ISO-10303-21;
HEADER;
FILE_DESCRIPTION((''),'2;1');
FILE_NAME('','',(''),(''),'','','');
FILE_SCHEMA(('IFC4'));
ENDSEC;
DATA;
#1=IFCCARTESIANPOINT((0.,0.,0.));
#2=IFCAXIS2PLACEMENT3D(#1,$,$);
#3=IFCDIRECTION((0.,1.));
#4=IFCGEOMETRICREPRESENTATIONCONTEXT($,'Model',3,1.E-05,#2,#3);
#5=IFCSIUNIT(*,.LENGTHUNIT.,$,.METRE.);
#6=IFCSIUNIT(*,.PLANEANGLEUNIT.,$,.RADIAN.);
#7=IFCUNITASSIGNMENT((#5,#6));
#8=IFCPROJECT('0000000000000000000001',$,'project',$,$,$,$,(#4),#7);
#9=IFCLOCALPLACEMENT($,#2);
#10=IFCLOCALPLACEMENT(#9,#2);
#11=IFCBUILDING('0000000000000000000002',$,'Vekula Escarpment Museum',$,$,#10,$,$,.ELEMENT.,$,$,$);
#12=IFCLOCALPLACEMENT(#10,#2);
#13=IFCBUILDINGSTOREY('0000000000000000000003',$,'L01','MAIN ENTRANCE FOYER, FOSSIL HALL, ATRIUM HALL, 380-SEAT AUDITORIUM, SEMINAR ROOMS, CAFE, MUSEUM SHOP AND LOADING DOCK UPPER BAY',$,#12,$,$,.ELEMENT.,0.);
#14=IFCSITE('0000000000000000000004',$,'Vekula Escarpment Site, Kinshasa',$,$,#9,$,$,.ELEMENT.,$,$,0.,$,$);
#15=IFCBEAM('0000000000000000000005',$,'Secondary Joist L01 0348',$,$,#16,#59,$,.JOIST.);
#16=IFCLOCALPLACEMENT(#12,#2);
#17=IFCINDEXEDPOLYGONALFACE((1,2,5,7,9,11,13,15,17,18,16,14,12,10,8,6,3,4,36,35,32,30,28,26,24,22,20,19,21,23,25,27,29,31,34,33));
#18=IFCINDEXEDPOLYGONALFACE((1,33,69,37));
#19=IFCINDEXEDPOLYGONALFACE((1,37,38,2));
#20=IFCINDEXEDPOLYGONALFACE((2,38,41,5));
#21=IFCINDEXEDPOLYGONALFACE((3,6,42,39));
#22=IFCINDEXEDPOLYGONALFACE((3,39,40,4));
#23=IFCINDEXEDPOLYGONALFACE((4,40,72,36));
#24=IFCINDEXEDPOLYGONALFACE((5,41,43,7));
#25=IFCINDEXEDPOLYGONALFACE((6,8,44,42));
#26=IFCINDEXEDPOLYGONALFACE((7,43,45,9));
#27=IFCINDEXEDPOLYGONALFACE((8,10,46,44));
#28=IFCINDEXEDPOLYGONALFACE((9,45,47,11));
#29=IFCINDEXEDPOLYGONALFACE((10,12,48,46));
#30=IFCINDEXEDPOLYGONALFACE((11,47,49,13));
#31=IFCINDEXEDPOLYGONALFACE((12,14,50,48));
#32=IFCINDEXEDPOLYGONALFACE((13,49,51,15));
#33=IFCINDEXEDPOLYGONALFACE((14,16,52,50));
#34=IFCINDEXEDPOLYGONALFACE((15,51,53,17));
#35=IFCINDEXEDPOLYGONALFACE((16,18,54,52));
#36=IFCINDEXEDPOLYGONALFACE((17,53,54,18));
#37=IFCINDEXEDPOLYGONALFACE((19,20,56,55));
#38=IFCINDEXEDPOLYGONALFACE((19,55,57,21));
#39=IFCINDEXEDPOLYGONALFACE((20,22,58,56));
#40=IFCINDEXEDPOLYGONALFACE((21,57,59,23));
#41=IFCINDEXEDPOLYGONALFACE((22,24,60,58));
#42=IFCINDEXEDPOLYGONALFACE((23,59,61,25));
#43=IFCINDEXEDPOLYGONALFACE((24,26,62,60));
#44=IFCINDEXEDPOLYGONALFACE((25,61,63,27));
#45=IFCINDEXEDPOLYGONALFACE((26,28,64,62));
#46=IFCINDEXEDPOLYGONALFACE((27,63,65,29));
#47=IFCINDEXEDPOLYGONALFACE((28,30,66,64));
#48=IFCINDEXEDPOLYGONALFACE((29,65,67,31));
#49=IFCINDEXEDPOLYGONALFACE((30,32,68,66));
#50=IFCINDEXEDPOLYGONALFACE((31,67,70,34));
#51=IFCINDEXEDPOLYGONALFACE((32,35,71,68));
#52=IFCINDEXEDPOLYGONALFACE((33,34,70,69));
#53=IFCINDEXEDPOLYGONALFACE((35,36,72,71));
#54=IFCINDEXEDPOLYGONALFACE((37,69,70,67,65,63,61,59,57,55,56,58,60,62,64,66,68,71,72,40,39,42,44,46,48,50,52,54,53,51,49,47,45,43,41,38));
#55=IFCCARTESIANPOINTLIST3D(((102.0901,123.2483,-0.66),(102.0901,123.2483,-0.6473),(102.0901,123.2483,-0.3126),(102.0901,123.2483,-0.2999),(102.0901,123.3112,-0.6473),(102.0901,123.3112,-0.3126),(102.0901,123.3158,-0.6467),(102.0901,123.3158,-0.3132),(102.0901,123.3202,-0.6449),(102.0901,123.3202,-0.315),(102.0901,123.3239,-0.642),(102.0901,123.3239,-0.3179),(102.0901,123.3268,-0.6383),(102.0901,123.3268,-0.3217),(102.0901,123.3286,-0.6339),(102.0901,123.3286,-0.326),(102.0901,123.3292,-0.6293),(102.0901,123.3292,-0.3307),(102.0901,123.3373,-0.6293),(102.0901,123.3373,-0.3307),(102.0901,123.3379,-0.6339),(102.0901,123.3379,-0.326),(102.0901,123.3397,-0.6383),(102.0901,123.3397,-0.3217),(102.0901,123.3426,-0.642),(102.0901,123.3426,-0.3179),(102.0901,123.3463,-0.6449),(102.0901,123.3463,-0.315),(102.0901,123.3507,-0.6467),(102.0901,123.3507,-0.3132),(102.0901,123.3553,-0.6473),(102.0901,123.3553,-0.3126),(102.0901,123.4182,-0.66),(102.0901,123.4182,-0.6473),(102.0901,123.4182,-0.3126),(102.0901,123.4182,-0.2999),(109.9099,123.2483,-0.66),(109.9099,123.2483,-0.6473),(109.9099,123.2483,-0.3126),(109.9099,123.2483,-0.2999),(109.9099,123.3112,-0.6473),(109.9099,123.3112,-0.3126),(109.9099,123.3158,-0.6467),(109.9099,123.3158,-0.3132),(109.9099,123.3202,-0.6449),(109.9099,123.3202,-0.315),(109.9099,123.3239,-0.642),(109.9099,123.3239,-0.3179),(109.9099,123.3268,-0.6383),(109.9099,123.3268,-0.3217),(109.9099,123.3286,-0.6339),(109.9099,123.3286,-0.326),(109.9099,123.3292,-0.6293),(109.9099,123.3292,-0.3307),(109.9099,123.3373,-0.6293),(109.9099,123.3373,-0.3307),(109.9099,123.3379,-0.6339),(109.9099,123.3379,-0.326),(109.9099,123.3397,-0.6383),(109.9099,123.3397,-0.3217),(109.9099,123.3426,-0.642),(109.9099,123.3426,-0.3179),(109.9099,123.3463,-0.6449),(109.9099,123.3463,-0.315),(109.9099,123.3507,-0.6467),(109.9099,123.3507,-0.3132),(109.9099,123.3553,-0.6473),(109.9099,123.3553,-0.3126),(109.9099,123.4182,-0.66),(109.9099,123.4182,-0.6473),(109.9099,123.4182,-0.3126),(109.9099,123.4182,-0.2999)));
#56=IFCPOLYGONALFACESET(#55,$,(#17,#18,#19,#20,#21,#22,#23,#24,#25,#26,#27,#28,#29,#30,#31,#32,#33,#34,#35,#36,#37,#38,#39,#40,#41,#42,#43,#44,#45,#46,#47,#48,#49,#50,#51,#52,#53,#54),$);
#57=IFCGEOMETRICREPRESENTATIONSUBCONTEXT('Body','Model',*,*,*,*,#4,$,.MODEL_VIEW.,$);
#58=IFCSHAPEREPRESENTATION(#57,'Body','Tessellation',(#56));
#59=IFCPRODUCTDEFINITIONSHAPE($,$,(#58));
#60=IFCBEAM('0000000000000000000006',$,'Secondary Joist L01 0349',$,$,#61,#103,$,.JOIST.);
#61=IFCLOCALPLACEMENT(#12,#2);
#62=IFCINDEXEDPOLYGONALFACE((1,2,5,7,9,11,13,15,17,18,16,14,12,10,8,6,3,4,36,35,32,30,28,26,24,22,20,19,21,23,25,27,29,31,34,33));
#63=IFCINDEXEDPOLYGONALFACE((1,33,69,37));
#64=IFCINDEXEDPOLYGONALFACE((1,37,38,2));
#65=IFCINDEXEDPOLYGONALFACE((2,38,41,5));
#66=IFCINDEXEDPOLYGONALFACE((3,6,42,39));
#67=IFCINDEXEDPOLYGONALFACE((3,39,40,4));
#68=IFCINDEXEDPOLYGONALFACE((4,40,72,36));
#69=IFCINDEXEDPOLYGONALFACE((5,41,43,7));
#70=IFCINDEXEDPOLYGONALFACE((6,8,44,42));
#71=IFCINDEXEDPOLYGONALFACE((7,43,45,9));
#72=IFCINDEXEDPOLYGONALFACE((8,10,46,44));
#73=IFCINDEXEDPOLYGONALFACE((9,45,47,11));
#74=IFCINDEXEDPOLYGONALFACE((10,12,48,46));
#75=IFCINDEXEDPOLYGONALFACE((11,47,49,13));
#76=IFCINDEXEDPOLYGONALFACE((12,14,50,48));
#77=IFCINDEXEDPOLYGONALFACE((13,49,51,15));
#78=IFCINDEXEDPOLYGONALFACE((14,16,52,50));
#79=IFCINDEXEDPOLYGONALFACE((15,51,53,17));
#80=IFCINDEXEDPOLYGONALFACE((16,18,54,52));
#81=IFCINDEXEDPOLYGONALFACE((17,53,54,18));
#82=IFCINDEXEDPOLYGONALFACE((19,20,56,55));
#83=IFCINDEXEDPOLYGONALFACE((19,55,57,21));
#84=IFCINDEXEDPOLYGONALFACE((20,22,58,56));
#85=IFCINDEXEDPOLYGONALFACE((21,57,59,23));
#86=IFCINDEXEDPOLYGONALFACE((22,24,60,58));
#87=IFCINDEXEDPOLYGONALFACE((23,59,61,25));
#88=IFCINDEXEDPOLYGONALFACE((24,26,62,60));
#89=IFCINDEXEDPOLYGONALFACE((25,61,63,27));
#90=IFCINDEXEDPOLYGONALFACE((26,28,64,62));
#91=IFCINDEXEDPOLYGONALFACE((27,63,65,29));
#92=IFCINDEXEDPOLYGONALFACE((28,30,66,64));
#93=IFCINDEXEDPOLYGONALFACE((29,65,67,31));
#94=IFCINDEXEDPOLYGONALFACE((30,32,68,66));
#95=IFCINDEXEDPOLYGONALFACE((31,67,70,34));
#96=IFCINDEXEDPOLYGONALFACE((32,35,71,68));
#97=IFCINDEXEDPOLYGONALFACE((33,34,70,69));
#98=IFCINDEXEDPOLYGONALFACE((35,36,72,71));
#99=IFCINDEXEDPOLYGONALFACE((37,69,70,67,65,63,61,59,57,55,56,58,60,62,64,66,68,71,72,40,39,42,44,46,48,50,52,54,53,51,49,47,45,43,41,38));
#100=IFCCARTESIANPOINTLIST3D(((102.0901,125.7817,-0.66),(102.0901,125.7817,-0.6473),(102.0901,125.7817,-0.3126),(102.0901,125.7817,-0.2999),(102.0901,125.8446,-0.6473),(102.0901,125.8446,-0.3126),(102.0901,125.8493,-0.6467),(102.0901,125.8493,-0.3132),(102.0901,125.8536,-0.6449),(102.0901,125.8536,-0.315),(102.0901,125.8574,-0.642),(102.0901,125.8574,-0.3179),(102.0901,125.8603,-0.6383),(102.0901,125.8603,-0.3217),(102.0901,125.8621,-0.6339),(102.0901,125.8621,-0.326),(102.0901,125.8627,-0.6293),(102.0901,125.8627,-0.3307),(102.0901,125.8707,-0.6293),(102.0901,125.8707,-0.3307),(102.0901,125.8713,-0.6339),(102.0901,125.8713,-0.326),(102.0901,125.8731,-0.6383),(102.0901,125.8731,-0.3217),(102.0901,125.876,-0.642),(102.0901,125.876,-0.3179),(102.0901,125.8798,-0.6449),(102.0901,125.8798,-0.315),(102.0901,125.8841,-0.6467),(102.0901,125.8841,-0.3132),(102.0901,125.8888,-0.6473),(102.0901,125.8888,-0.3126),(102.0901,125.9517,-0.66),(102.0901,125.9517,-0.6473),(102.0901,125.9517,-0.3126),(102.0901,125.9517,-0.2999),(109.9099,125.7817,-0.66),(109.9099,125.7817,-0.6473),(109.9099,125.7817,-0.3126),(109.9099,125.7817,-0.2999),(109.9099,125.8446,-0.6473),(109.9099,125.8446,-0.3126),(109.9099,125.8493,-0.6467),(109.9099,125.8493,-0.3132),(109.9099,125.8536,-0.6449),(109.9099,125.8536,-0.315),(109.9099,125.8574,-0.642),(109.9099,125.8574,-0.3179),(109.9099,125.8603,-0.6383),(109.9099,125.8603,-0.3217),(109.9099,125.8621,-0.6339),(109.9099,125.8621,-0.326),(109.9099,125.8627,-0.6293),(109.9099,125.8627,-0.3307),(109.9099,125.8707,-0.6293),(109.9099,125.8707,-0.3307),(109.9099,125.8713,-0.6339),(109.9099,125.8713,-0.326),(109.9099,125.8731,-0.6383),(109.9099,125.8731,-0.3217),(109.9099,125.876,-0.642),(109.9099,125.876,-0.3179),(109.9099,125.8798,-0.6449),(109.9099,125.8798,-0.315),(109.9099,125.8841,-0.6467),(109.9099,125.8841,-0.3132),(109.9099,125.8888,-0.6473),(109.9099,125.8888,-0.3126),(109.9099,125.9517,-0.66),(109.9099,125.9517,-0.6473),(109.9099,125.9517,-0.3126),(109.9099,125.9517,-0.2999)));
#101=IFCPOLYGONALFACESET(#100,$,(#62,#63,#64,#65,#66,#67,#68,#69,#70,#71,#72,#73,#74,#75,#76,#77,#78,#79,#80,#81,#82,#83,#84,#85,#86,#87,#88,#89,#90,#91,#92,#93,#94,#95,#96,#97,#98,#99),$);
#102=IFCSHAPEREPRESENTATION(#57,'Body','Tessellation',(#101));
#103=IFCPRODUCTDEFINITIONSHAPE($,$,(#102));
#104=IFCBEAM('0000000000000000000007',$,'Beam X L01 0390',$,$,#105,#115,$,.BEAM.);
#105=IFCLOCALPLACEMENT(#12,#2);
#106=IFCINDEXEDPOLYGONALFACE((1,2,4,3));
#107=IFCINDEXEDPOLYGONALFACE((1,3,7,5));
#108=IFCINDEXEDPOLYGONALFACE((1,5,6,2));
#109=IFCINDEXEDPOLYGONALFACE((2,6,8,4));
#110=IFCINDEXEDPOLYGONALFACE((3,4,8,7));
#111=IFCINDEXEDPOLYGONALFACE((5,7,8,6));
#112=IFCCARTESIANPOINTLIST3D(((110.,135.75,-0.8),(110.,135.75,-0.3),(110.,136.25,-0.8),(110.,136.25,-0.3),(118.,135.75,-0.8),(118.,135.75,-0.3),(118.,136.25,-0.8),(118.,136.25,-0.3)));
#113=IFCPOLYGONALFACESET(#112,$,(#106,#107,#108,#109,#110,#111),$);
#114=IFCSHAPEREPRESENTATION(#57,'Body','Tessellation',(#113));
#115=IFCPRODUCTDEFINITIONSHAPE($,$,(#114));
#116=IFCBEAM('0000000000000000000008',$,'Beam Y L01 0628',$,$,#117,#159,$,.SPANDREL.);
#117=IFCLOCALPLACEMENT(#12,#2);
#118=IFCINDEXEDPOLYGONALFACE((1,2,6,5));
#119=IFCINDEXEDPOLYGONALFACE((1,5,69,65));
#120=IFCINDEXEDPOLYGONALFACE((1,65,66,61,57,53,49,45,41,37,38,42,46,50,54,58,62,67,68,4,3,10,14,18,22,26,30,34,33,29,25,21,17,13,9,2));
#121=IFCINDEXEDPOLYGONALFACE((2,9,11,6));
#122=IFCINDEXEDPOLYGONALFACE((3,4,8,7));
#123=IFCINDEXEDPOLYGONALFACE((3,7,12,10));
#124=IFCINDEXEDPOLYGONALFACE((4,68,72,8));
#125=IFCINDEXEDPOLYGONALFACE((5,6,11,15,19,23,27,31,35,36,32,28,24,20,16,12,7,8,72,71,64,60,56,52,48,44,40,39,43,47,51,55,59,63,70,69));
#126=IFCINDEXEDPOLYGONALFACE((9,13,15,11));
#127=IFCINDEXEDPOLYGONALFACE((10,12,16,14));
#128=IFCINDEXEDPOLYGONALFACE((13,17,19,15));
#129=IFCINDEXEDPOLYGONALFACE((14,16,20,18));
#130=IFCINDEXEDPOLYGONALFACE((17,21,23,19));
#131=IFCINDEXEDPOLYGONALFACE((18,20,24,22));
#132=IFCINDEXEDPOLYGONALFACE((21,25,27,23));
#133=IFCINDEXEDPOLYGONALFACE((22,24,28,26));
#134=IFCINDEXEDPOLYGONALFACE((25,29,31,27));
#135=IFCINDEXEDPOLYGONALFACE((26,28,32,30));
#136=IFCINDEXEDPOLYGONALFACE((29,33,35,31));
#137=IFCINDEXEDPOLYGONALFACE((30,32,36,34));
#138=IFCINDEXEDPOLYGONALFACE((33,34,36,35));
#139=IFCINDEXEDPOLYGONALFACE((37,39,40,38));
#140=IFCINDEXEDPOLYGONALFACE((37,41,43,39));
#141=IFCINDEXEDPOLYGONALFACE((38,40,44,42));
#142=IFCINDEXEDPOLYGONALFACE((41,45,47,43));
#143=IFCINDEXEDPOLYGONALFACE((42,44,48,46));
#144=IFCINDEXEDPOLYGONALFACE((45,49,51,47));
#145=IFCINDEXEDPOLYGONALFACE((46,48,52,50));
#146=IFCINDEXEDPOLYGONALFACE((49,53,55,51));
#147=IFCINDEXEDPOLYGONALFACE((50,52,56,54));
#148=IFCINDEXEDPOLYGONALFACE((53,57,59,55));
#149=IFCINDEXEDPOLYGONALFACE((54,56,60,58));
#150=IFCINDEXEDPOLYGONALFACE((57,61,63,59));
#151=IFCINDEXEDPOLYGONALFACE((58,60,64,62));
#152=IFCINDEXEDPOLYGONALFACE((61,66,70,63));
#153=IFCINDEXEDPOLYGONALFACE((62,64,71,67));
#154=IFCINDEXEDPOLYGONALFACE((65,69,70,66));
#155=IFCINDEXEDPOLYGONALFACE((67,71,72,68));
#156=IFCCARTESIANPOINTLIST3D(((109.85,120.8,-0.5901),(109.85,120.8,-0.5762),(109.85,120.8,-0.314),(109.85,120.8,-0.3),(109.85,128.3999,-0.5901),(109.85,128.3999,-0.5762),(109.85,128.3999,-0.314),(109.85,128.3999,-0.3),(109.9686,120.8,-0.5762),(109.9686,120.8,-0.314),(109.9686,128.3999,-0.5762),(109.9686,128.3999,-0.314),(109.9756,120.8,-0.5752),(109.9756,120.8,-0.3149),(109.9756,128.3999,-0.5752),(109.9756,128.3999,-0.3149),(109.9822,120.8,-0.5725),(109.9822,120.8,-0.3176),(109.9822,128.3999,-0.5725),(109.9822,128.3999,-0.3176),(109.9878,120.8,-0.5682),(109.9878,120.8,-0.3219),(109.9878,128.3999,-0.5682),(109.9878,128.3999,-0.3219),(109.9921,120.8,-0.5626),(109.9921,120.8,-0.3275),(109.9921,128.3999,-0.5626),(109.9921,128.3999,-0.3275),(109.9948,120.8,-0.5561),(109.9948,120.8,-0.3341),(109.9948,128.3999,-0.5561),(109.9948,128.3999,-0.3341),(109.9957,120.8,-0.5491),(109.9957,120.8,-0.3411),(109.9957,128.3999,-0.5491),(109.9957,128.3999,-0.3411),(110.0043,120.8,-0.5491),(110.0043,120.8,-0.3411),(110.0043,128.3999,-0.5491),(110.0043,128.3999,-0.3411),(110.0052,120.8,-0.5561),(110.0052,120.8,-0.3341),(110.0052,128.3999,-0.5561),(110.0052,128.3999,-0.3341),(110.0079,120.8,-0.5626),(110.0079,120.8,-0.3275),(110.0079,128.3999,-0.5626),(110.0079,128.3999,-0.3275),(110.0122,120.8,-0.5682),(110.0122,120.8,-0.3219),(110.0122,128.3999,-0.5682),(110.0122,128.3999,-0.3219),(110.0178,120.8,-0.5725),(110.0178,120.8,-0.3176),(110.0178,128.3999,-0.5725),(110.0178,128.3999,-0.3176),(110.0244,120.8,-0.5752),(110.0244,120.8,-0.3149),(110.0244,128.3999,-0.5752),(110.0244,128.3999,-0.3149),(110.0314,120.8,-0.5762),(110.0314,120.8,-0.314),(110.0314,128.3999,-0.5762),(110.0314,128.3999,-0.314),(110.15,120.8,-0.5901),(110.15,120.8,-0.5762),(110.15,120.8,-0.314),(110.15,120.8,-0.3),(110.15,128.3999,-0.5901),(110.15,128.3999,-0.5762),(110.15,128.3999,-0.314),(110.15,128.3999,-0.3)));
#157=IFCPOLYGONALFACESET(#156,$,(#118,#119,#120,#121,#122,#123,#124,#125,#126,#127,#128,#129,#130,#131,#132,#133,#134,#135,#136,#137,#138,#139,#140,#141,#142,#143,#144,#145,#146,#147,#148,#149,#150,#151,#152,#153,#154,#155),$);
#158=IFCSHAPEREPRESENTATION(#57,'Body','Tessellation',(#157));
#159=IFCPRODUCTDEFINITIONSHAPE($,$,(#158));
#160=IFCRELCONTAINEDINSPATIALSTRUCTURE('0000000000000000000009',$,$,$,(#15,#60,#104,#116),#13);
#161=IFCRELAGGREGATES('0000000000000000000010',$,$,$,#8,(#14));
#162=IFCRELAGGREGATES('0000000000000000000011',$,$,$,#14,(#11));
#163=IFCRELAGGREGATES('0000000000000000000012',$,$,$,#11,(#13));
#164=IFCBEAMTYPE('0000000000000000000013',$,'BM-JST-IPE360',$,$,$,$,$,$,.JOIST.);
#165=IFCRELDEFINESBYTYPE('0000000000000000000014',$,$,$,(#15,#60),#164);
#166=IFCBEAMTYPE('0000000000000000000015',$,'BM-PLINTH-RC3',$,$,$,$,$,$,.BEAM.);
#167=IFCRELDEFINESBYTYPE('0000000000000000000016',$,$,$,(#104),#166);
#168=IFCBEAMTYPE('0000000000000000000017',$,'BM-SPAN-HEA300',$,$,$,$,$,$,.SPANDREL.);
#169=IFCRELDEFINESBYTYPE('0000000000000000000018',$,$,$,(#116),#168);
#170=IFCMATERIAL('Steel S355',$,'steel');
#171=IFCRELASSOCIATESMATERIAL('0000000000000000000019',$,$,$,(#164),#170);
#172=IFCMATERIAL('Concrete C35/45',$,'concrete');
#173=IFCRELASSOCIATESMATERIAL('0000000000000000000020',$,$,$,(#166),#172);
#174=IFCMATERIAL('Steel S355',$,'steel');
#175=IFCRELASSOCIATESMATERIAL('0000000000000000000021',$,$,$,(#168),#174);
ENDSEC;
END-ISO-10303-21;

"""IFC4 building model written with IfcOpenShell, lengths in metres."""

from ifc_helpers import new_model, si_unit, direction, frame, origin, origin_2d, place, context, subcontext, project, spatial, rectangle, i_section, extrude, material, material_profile, profile_set, type_object, element, save


model = new_model("IFC4")

# Units and contexts
model_context = context("Model", 3, precision=1e-05, world=origin(), true_north=direction((0.0, 1.0)))
body_context = subcontext(model_context, "Body", "Model", "MODEL_VIEW")
ifc_project = project(units=[si_unit("LENGTHUNIT", "METRE"), si_unit("PLANEANGLEUNIT", "RADIAN")], contexts=[model_context])

# Site, building, storey
site_placement = place(None, origin())
site = spatial("IfcSite", under=ifc_project, at=site_placement, Name="Vekula Escarpment Site, Kinshasa", CompositionType="ELEMENT", RefElevation=0.0)
building_placement = place(site_placement, origin())
building = spatial("IfcBuilding", under=site, at=building_placement, Name="Vekula Escarpment Museum", CompositionType="ELEMENT")
storey_placement = place(building_placement, origin())
storey = spatial("IfcBuildingStorey", under=building, at=storey_placement, Name="L01", Description="MAIN ENTRANCE FOYER, FOSSIL HALL, ATRIUM HALL, 380-SEAT AUDITORIUM, SEMINAR ROOMS, CAFE, MUSEUM SHOP AND LOADING DOCK UPPER BAY", CompositionType="ELEMENT", Elevation=0.0)

# Beams
ifc_material_1 = material(Name="Steel S355", Category="steel")
ifc_material_profile_1 = material_profile(ifc_material_1, i_section(OverallWidth=0.1699, OverallDepth=0.3601, WebThickness=0.0081, FlangeThickness=0.0127, FilletRadius=0.0181, at=origin_2d()), Name="IPE 360")
ifc_profile_set_1 = profile_set([ifc_material_profile_1], Name="Steel S355")
beam_type_1 = type_object("IfcBeamType", Name="BM-JST-IPE360", PredefinedType="JOIST", material=ifc_profile_set_1)
for number, where, z_axis, x_axis, name in (
    (1, (102.0901, 123.3333, -0.48), (1.0, 0.0, 0.0), (0.0, 1.0, 0.0), "Secondary Joist L01 0348"),
    (2, (102.0901, 125.8667, -0.48), (1.0, 0.0, 0.0), (0.0, 1.0, 0.0), "Secondary Joist L01 0349"),
):
    element("IfcBeam", number, at=place(storey_placement, frame(where, z_axis=z_axis, x_axis=x_axis)), inside=storey, type_object=beam_type_1, Name=name, PredefinedType="JOIST", context=body_context, shape_type="SweptSolid", body=[
        extrude(i_section(OverallWidth=0.1699, OverallDepth=0.3601, WebThickness=0.0081, FlangeThickness=0.0127, FilletRadius=0.0181, at=origin_2d()), origin(), (0.0, 0.0, 1.0), 7.8198),
    ])
ifc_material_2 = material(Name="Concrete C35/45", Category="concrete")
ifc_material_profile_2 = material_profile(ifc_material_2, rectangle(XDim=0.5, YDim=0.5, at=origin_2d()), Name="RC 500x500")
ifc_profile_set_2 = profile_set([ifc_material_profile_2], Name="Concrete C35/45")
beam_type_2 = type_object("IfcBeamType", Name="BM-PLINTH-RC3", PredefinedType="BEAM", material=ifc_profile_set_2)
beam_1_placement = place(storey_placement, frame((110.0, 136.0, -0.55), z_axis=(1.0, 0.0, 0.0), x_axis=(0.0, 1.0, 0.0)))
element("IfcBeam", 3, at=beam_1_placement, inside=storey, type_object=beam_type_2, Name="Beam X L01 0390", PredefinedType="BEAM", context=body_context, shape_type="SweptSolid", body=[
    extrude(rectangle(XDim=0.5, YDim=0.5, at=origin_2d()), origin(), (0.0, 0.0, 1.0), 8.0),
])
ifc_material_3 = material(Name="Steel S355", Category="steel")
ifc_material_profile_3 = material_profile(ifc_material_3, i_section(OverallWidth=0.3, OverallDepth=0.29, WebThickness=0.0085, FlangeThickness=0.0139, FilletRadius=0.0271, at=origin_2d()), Name="HEA 300")
ifc_profile_set_3 = profile_set([ifc_material_profile_3], Name="Steel S355")
beam_type_3 = type_object("IfcBeamType", Name="BM-SPAN-HEA300", PredefinedType="SPANDREL", material=ifc_profile_set_3)
beam_2_placement = place(storey_placement, frame((110.0, 120.8, -0.4451), z_axis=(0.0, 1.0, 0.0), x_axis=(-1.0, 0.0, 0.0)))
element("IfcBeam", 4, at=beam_2_placement, inside=storey, type_object=beam_type_3, Name="Beam Y L01 0628", PredefinedType="SPANDREL", context=body_context, shape_type="SweptSolid", body=[
    extrude(i_section(OverallWidth=0.3, OverallDepth=0.29, WebThickness=0.0085, FlangeThickness=0.0139, FilletRadius=0.0271, at=origin_2d()), origin(), (0.0, 0.0, 1.0), 7.5999),
])

save(model, "model.ifc")
